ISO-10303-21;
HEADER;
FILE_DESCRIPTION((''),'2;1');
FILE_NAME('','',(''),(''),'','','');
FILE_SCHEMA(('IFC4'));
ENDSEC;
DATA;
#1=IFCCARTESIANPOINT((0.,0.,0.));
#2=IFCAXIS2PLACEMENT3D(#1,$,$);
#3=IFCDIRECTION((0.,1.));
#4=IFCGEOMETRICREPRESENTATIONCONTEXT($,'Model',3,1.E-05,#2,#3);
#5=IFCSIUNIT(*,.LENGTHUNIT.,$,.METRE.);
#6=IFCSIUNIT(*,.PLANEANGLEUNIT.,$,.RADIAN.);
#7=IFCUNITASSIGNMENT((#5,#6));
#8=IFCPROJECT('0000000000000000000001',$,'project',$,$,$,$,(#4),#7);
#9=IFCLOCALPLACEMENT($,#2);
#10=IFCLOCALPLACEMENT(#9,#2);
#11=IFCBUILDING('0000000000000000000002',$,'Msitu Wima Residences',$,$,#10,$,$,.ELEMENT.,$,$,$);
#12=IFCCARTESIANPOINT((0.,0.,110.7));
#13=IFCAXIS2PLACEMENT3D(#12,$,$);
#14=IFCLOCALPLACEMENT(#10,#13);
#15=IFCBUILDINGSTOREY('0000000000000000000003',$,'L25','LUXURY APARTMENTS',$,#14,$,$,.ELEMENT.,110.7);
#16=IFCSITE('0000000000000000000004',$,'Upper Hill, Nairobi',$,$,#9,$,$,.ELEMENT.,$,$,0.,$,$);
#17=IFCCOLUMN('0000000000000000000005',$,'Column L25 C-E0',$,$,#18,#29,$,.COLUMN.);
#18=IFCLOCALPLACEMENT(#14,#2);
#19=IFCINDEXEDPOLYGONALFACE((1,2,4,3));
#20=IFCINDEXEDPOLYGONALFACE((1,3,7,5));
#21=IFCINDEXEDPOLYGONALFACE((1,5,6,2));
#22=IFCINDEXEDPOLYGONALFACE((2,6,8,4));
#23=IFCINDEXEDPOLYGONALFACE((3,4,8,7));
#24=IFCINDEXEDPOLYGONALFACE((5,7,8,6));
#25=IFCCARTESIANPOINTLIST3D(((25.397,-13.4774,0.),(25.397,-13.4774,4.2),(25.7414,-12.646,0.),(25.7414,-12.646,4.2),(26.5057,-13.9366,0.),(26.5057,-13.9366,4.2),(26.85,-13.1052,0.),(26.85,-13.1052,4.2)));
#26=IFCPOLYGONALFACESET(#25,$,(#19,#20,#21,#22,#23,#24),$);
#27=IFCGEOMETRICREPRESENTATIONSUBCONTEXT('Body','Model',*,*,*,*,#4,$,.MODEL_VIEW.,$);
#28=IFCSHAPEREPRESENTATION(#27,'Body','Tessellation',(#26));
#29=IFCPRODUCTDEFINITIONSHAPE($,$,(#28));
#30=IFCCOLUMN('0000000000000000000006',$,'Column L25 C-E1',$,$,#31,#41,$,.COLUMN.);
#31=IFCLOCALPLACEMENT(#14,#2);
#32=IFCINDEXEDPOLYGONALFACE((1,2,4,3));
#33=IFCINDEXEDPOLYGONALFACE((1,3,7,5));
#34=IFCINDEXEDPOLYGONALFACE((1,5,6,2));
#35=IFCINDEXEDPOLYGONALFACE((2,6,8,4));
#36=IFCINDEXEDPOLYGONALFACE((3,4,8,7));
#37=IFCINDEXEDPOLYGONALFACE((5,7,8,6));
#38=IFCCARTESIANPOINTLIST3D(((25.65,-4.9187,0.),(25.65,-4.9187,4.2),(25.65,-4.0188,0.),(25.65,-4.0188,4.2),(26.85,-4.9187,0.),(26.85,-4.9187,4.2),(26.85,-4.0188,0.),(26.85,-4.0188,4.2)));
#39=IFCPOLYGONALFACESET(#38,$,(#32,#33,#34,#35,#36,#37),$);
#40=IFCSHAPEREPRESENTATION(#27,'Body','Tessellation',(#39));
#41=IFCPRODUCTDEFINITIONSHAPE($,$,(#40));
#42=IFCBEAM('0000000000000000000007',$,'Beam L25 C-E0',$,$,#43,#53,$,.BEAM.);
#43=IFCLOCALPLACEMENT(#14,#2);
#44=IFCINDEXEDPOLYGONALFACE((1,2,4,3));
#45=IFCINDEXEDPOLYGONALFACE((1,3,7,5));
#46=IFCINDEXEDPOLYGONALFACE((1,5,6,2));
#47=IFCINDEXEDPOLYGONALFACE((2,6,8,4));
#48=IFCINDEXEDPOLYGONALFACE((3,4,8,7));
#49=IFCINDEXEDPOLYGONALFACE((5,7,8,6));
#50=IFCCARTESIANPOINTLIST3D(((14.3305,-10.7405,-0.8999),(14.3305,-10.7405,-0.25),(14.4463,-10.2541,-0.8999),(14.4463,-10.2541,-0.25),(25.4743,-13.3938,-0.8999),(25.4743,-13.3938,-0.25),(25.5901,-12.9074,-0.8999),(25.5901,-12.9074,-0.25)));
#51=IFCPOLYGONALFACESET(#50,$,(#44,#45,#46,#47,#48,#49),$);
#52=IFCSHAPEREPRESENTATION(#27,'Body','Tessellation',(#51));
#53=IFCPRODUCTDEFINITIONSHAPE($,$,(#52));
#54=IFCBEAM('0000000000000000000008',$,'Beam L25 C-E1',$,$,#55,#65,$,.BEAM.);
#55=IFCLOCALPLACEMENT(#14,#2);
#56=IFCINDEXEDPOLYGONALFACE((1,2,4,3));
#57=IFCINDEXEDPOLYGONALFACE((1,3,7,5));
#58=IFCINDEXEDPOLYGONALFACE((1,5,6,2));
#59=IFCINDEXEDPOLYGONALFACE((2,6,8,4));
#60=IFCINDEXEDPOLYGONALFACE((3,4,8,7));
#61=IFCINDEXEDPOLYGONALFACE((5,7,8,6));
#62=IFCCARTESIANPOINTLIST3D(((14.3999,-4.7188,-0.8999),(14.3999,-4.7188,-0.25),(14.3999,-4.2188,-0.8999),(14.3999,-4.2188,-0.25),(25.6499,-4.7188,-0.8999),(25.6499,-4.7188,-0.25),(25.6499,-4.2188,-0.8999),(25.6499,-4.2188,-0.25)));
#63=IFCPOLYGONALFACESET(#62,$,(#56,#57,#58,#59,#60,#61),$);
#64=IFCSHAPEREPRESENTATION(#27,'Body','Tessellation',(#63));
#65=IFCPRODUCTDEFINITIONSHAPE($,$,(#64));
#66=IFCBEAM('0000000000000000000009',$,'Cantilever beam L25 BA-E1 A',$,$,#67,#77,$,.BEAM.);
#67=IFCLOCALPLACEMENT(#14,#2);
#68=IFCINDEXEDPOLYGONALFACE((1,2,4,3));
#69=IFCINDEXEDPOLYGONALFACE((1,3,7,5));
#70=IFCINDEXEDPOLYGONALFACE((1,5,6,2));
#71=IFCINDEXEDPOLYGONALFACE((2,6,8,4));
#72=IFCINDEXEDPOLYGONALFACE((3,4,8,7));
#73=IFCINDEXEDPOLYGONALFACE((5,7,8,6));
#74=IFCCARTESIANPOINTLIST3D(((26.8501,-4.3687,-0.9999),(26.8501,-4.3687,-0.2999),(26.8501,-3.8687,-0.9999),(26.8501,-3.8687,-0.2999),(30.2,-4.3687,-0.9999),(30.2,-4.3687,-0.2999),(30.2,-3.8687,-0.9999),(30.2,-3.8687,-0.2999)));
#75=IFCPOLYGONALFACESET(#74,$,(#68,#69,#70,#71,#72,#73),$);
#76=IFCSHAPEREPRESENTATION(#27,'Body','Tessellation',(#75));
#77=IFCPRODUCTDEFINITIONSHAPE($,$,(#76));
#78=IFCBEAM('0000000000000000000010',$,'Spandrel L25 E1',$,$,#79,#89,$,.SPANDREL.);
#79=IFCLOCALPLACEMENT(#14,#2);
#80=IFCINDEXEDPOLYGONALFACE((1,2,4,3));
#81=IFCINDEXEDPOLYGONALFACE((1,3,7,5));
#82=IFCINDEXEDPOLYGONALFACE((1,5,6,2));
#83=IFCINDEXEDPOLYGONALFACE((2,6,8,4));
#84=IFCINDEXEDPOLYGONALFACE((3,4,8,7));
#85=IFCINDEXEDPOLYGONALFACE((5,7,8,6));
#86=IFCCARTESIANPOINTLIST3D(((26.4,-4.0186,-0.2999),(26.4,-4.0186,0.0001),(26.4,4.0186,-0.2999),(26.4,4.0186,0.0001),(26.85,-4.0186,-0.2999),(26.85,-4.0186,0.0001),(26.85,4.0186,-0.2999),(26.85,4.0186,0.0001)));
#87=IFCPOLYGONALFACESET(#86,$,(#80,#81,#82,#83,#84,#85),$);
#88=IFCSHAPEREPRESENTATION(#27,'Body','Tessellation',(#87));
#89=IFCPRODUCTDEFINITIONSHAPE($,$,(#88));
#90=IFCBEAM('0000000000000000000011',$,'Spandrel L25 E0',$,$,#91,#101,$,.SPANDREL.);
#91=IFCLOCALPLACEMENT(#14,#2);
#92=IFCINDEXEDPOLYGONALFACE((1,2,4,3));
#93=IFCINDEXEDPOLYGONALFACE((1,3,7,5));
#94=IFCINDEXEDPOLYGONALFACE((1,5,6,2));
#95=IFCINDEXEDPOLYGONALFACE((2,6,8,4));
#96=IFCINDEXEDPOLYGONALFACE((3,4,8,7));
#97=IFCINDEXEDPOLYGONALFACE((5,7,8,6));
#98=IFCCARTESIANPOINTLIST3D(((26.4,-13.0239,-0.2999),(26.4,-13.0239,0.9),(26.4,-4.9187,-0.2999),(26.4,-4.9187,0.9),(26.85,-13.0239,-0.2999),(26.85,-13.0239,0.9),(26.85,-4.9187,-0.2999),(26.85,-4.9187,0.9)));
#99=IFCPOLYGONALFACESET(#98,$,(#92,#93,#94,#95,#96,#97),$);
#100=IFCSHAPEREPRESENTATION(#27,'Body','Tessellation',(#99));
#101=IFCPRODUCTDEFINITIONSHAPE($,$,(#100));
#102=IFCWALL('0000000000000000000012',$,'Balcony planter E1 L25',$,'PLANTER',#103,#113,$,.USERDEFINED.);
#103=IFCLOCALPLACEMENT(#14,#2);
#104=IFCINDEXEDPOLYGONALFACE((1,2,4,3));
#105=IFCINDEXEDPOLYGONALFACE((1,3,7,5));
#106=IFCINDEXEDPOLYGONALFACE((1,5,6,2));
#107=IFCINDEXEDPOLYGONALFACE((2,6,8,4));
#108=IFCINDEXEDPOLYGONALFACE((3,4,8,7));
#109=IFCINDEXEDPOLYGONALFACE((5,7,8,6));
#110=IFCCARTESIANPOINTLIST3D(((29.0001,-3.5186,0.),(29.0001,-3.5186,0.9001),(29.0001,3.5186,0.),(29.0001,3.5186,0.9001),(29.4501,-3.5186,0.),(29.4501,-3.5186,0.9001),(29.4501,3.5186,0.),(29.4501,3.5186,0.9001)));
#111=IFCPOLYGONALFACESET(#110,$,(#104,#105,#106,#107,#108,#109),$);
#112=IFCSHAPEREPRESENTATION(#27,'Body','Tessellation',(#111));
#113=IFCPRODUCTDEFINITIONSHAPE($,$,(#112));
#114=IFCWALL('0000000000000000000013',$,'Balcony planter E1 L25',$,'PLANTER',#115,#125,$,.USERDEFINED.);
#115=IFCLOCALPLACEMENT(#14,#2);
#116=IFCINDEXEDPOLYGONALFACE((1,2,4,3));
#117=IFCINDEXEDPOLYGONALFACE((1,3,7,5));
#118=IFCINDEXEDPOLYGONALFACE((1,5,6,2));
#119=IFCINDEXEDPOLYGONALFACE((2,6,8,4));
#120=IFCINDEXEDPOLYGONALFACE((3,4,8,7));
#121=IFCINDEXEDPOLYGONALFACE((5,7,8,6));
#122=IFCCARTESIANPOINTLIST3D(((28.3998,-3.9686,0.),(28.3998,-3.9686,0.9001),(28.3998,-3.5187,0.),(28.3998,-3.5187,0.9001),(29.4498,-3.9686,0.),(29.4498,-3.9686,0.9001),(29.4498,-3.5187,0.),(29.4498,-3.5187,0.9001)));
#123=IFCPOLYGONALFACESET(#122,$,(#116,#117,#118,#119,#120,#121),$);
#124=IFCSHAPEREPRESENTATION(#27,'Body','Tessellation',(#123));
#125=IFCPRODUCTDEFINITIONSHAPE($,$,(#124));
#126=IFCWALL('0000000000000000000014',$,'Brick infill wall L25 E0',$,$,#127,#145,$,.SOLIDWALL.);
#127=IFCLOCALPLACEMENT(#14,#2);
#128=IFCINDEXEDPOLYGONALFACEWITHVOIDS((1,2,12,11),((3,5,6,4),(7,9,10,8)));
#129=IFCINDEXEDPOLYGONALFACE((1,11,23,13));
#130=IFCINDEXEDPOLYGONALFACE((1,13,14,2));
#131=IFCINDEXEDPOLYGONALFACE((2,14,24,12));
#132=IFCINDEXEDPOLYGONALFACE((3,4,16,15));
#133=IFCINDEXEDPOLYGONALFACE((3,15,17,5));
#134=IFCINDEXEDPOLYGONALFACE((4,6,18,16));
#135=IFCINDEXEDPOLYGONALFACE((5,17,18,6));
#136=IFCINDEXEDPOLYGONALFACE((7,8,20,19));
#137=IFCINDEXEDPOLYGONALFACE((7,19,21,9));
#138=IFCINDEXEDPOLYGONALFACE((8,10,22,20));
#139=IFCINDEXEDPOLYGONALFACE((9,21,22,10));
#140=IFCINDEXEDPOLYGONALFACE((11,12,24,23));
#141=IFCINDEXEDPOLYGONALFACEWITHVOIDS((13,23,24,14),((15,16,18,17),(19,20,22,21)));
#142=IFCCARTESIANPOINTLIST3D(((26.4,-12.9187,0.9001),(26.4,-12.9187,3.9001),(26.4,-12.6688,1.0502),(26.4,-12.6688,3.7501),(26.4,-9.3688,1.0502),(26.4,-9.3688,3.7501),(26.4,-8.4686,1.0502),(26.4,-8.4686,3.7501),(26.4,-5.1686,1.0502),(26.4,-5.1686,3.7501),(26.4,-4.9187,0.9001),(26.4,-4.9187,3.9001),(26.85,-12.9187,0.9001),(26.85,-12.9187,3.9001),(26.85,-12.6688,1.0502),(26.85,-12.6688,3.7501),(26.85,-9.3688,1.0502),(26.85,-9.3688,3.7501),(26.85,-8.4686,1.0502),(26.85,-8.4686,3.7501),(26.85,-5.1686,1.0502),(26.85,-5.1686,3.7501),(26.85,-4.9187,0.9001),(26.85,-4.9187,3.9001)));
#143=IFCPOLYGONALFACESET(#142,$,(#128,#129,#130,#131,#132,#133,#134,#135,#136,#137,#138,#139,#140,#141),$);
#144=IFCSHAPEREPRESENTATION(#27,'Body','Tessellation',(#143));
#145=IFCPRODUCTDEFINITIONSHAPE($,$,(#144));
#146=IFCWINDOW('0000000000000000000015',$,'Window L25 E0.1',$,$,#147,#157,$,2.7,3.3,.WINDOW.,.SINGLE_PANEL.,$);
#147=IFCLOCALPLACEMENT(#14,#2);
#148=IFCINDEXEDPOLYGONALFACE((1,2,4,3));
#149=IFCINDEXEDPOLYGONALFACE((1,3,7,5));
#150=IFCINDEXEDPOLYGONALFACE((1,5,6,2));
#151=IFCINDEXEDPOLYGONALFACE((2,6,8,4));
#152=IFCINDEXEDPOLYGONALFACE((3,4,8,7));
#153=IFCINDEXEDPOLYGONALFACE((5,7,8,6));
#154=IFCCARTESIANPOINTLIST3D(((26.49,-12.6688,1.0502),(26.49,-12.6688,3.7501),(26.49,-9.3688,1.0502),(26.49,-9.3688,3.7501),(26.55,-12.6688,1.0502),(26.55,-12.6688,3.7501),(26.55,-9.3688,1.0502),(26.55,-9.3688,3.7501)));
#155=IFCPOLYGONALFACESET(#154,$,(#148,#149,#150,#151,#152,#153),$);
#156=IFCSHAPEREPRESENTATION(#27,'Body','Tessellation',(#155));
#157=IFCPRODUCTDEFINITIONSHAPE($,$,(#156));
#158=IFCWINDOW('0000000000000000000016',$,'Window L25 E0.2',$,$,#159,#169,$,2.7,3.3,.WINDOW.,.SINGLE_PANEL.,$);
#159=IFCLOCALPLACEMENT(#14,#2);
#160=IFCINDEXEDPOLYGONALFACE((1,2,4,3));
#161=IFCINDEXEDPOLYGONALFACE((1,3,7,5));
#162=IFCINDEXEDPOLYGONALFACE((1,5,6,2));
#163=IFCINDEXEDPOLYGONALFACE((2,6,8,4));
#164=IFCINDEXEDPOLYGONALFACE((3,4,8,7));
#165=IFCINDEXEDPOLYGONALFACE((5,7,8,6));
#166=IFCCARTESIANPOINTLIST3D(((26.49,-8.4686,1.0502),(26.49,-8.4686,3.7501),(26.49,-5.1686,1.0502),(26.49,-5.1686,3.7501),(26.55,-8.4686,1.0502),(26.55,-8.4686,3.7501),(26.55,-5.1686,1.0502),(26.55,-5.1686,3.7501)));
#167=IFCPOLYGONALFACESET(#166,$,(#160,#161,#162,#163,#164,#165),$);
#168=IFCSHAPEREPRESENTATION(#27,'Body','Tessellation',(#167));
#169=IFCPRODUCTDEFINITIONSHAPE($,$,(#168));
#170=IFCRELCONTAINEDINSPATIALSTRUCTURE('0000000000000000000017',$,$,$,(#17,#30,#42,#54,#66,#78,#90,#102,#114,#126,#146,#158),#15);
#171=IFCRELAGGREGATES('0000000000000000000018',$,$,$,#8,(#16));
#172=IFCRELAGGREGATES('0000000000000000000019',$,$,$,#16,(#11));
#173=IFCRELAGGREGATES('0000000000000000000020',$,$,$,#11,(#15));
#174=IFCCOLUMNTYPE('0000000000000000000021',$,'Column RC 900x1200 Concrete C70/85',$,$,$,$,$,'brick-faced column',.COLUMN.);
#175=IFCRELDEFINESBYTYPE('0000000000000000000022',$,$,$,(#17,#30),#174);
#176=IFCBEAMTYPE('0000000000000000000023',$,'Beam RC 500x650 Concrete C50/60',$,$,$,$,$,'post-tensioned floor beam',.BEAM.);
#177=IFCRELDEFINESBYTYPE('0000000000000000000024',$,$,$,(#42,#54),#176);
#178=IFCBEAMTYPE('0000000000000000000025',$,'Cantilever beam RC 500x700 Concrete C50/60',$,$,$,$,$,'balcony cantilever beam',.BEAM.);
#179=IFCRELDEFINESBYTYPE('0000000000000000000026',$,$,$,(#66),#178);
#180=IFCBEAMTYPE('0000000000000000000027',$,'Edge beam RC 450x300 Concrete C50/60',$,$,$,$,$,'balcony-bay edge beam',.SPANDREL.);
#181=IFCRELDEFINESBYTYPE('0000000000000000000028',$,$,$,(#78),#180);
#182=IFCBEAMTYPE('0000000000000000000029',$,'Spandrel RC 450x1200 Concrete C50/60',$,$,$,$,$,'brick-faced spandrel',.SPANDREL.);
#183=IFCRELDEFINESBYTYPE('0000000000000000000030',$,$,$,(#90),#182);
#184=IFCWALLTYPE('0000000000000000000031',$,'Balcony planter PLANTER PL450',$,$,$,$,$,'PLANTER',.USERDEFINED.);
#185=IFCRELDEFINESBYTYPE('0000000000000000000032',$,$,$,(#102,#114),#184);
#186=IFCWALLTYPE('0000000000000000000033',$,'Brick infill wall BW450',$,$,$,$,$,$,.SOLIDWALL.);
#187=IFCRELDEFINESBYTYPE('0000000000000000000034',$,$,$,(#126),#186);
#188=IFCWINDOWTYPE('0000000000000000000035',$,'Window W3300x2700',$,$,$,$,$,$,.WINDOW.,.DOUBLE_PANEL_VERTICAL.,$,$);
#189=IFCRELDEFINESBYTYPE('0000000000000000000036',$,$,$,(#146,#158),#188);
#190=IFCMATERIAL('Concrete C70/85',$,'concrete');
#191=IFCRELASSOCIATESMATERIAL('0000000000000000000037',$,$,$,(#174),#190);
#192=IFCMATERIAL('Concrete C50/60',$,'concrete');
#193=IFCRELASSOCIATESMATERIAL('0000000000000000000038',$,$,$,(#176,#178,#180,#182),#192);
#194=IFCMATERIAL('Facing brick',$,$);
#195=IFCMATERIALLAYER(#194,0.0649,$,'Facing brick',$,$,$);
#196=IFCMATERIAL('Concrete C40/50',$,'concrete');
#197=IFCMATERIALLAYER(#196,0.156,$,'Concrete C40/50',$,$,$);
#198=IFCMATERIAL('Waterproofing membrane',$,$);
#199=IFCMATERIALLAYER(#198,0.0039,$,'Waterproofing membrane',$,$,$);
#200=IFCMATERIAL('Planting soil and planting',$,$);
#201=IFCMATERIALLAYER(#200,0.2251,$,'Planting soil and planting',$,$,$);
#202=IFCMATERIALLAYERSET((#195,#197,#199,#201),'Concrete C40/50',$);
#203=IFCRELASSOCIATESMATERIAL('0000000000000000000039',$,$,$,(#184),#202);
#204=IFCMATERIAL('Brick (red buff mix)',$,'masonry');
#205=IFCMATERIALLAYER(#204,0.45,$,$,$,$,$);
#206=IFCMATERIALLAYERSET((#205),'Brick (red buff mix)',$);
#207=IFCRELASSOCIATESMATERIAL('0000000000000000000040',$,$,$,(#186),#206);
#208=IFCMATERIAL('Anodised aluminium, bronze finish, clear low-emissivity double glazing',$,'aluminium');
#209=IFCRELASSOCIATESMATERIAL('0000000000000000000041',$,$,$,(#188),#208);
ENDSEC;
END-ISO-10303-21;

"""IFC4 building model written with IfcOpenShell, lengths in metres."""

from ifc_helpers import new_model, si_unit, direction, frame, frame_2d, origin, origin_2d, place, context, subcontext, project, spatial, rectangle, extrude, material, layer, layer_set, material_profile, profile_set, type_object, element, fill, save


model = new_model("IFC4")

# Units and contexts
model_context = context("Model", 3, precision=1e-05, world=origin(), true_north=direction((0.0, 1.0)))
body_context = subcontext(model_context, "Body", "Model", "MODEL_VIEW")
ifc_project = project(units=[si_unit("LENGTHUNIT", "METRE"), si_unit("PLANEANGLEUNIT", "RADIAN")], contexts=[model_context])

# Site, building, storey
site_placement = place(None, origin())
site = spatial("IfcSite", under=ifc_project, at=site_placement, Name="Upper Hill, Nairobi", CompositionType="ELEMENT", RefElevation=0.0)
building_placement = place(site_placement, origin())
building = spatial("IfcBuilding", under=site, at=building_placement, Name="Msitu Wima Residences", CompositionType="ELEMENT")
storey_placement = place(building_placement, frame((0.0, 0.0, 110.7)))
storey = spatial("IfcBuildingStorey", under=building, at=storey_placement, Name="L25", Description="LUXURY APARTMENTS", CompositionType="ELEMENT", Elevation=110.7)

# Columns
ifc_material_1 = material(Name="Concrete C70/85", Category="concrete")
ifc_material_profile_1 = material_profile(ifc_material_1, rectangle(XDim=0.8999, YDim=1.2, at=origin_2d()), Name="RC 900x1200")
ifc_profile_set_1 = profile_set([ifc_material_profile_1], Name="Concrete C70/85")
column_type = type_object("IfcColumnType", Name="Column RC 900x1200 Concrete C70/85", ElementType="brick-faced column", PredefinedType="COLUMN", material=ifc_profile_set_1)
for number, where, z_axis, x_axis, name in (
    (1, (26.1235, -13.2913, 0.0), (0.0, 0.0, 1.0), (0.382683, 0.92388, 0.0), "Column L25 C-E0"),
    (2, (26.25, -4.4688, 0.0), (0.0, 0.0, 1.0), (0.0, 1.0, 0.0), "Column L25 C-E1"),
):
    element("IfcColumn", number, at=place(storey_placement, frame(where, z_axis=z_axis, x_axis=x_axis)), inside=storey, type_object=column_type, Name=name, PredefinedType="COLUMN", context=body_context, shape_type="SweptSolid", body=[
        extrude(rectangle(XDim=0.8999, YDim=1.2, at=origin_2d()), origin(), (0.0, 0.0, 1.0), 4.2),
    ])

# Beams
ifc_material_2 = material(Name="Concrete C50/60", Category="concrete")
ifc_material_profile_2 = material_profile(ifc_material_2, rectangle(XDim=0.5, YDim=0.6499, at=origin_2d()), Name="RC 500x650")
ifc_profile_set_2 = profile_set([ifc_material_profile_2], Name="Concrete C50/60")
beam_type_1 = type_object("IfcBeamType", Name="Beam RC 500x650 Concrete C50/60", ElementType="post-tensioned floor beam", PredefinedType="BEAM", material=ifc_profile_set_2)
beam_1_placement = place(storey_placement, frame((25.5322, -13.1506, -0.575), z_axis=(-0.972806, 0.231623, 0.0), x_axis=(-0.231623, -0.972806, 0.0)))
element("IfcBeam", 3, at=beam_1_placement, inside=storey, type_object=beam_type_1, Name="Beam L25 C-E0", PredefinedType="BEAM", context=body_context, shape_type="SweptSolid", body=[
    extrude(rectangle(XDim=0.5, YDim=0.6499, at=origin_2d()), origin(), (0.0, 0.0, 1.0), 11.4553),
])
beam_2_placement = place(storey_placement, frame((25.6499, -4.4688, -0.575), z_axis=(-1.0, 0.0, 0.0), x_axis=(0.0, -1.0, 0.0)))
element("IfcBeam", 4, at=beam_2_placement, inside=storey, type_object=beam_type_1, Name="Beam L25 C-E1", PredefinedType="BEAM", context=body_context, shape_type="SweptSolid", body=[
    extrude(rectangle(XDim=0.5, YDim=0.6499, at=origin_2d()), origin(), (0.0, 0.0, 1.0), 11.25),
])
ifc_material_profile_3 = material_profile(ifc_material_2, rectangle(XDim=0.5, YDim=0.7, at=origin_2d()), Name="RC 500x700")
ifc_profile_set_3 = profile_set([ifc_material_profile_3], Name="Concrete C50/60")
beam_type_2 = type_object("IfcBeamType", Name="Cantilever beam RC 500x700 Concrete C50/60", ElementType="balcony cantilever beam", PredefinedType="BEAM", material=ifc_profile_set_3)
beam_3_placement = place(storey_placement, frame((26.8501, -4.1187, -0.6499), z_axis=(1.0, 0.0, 0.0), x_axis=(0.0, 1.0, 0.0)))
element("IfcBeam", 5, at=beam_3_placement, inside=storey, type_object=beam_type_2, Name="Cantilever beam L25 BA-E1 A", PredefinedType="BEAM", context=body_context, shape_type="SweptSolid", body=[
    extrude(rectangle(XDim=0.5, YDim=0.7, at=origin_2d()), origin(), (0.0, 0.0, 1.0), 3.3499),
])
ifc_material_profile_4 = material_profile(ifc_material_2, rectangle(XDim=0.45, YDim=0.3, at=origin_2d()), Name="RC 450x300")
ifc_profile_set_4 = profile_set([ifc_material_profile_4], Name="Concrete C50/60")
beam_type_3 = type_object("IfcBeamType", Name="Edge beam RC 450x300 Concrete C50/60", ElementType="balcony-bay edge beam", PredefinedType="SPANDREL", material=ifc_profile_set_4)
beam_4_placement = place(storey_placement, frame((26.625, -4.0186, -0.1499), z_axis=(0.0, 1.0, 0.0), x_axis=(-1.0, 0.0, 0.0)))
element("IfcBeam", 6, at=beam_4_placement, inside=storey, type_object=beam_type_3, Name="Spandrel L25 E1", PredefinedType="SPANDREL", context=body_context, shape_type="SweptSolid", body=[
    extrude(rectangle(XDim=0.45, YDim=0.3, at=origin_2d()), origin(), (0.0, 0.0, 1.0), 8.0371),
])
ifc_material_profile_5 = material_profile(ifc_material_2, rectangle(XDim=0.45, YDim=1.2, at=origin_2d()), Name="RC 450x1200")
ifc_profile_set_5 = profile_set([ifc_material_profile_5], Name="Concrete C50/60")
beam_type_4 = type_object("IfcBeamType", Name="Spandrel RC 450x1200 Concrete C50/60", ElementType="brick-faced spandrel", PredefinedType="SPANDREL", material=ifc_profile_set_5)
beam_5_placement = place(storey_placement, frame((26.625, -13.0239, 0.3), z_axis=(0.0, 1.0, 0.0), x_axis=(-1.0, 0.0, 0.0)))
element("IfcBeam", 7, at=beam_5_placement, inside=storey, type_object=beam_type_4, Name="Spandrel L25 E0", PredefinedType="SPANDREL", context=body_context, shape_type="SweptSolid", body=[
    extrude(rectangle(XDim=0.45, YDim=1.2, at=origin_2d()), origin(), (0.0, 0.0, 1.0), 8.1052),
])

# Walls
ifc_material_3 = material(Name="Facing brick")
ifc_layer_1 = layer(ifc_material_3, 0.0649, Name="Facing brick")
ifc_material_4 = material(Name="Concrete C40/50", Category="concrete")
ifc_layer_2 = layer(ifc_material_4, 0.156, Name="Concrete C40/50")
ifc_material_5 = material(Name="Waterproofing membrane")
ifc_layer_3 = layer(ifc_material_5, 0.0039, Name="Waterproofing membrane")
ifc_material_6 = material(Name="Planting soil and planting")
ifc_layer_4 = layer(ifc_material_6, 0.2251, Name="Planting soil and planting")
ifc_layer_set_1 = layer_set([ifc_layer_1, ifc_layer_2, ifc_layer_3, ifc_layer_4], Name="Concrete C40/50")
wall_type_1 = type_object("IfcWallType", Name="Balcony planter PLANTER PL450", ElementType="PLANTER", PredefinedType="USERDEFINED", material=ifc_layer_set_1)
wall_1_placement = place(storey_placement, frame((29.2251, -3.5186, 0.0), z_axis=(0.0, 0.0, 1.0), x_axis=(0.0, 1.0, 0.0)))
element("IfcWall", 8, at=wall_1_placement, inside=storey, type_object=wall_type_1, Name="Balcony planter E1 L25", ObjectType="PLANTER", PredefinedType="USERDEFINED", context=body_context, shape_type="SweptSolid", body=[
    extrude(rectangle(XDim=7.0371, YDim=0.45, at=frame_2d((3.5186, 0.0))), origin(), (0.0, 0.0, 1.0), 0.9001),
])
wall_2_placement = place(storey_placement, frame((28.3999, -3.7437, 0.0), z_axis=(0.0, 0.0, 1.0), x_axis=(1.0, 0.0, 0.0)))
element("IfcWall", 9, at=wall_2_placement, inside=storey, type_object=wall_type_1, Name="Balcony planter E1 L25", ObjectType="PLANTER", PredefinedType="USERDEFINED", context=body_context, shape_type="SweptSolid", body=[
    extrude(rectangle(XDim=1.05, YDim=0.45, at=frame_2d((0.5249, 0.0))), origin(), (0.0, 0.0, 1.0), 0.9001),
])

# Wall, openings, windows
ifc_material_7 = material(Name="Brick (red buff mix)", Category="masonry")
ifc_layer_5 = layer(ifc_material_7, 0.45)
ifc_layer_set_2 = layer_set([ifc_layer_5], Name="Brick (red buff mix)")
wall_type_2 = type_object("IfcWallType", Name="Brick infill wall BW450", PredefinedType="SOLIDWALL", material=ifc_layer_set_2)
wall_3_placement = place(storey_placement, frame((26.625, -12.9187, 0.9001), z_axis=(0.0, 0.0, 1.0), x_axis=(0.0, 1.0, 0.0)))
wall_3 = element("IfcWall", 10, at=wall_3_placement, inside=storey, type_object=wall_type_2, Name="Brick infill wall L25 E0", PredefinedType="SOLIDWALL", context=body_context, shape_type="SweptSolid", body=[
    extrude(rectangle(XDim=8.0, YDim=0.45, at=frame_2d((4.0, 0.0))), origin(), (0.0, 0.0, 1.0), 3.0),
])
opening_1_placement = place(wall_3_placement, frame((0.25, 0.0, 0.1499)))
opening_1 = element("IfcOpeningElement", 11, at=opening_1_placement, cuts=wall_3, PredefinedType="OPENING", context=body_context, shape_type="SweptSolid", body=[
    extrude(rectangle(XDim=3.3, YDim=2.7, at=frame_2d((1.6499, 1.3501))), frame((0.0, 0.2349, 0.0), z_axis=(0.0, -1.0, 0.0), x_axis=(1.0, 0.0, 0.0)), (0.0, 0.0, 1.0), 0.47),
])
opening_2_placement = place(wall_3_placement, frame((4.4502, 0.0, 0.1499)))
opening_2 = element("IfcOpeningElement", 12, at=opening_2_placement, cuts=wall_3, PredefinedType="OPENING", context=body_context, shape_type="SweptSolid", body=[
    extrude(rectangle(XDim=3.3, YDim=2.7, at=frame_2d((1.6499, 1.3501))), frame((0.0, 0.2349, 0.0), z_axis=(0.0, -1.0, 0.0), x_axis=(1.0, 0.0, 0.0)), (0.0, 0.0, 1.0), 0.47),
])
ifc_material_8 = material(Name="Anodised aluminium, bronze finish, clear low-emissivity double glazing", Category="aluminium")
window_type = type_object("IfcWindowType", Name="Window W3300x2700", PartitioningType="DOUBLE_PANEL_VERTICAL", PredefinedType="WINDOW", material=ifc_material_8)
window_1_placement = place(opening_1_placement, origin())
window_1 = element("IfcWindow", 13, at=window_1_placement, inside=storey, type_object=window_type, Name="Window L25 E0.1", OverallHeight=2.7, OverallWidth=3.3, PartitioningType="SINGLE_PANEL", PredefinedType="WINDOW", context=body_context, shape_type="SweptSolid", body=[
    extrude(rectangle(XDim=3.3, YDim=2.7, at=frame_2d((1.6499, 1.3501))), frame((0.0, 0.135, 0.0), z_axis=(0.0, -1.0, 0.0), x_axis=(1.0, 0.0, 0.0)), (0.0, 0.0, 1.0), 0.0601),
])
fill(opening_1, window_1)
window_2_placement = place(opening_2_placement, origin())
window_2 = element("IfcWindow", 14, at=window_2_placement, inside=storey, type_object=window_type, Name="Window L25 E0.2", OverallHeight=2.7, OverallWidth=3.3, PartitioningType="SINGLE_PANEL", PredefinedType="WINDOW", context=body_context, shape_type="SweptSolid", body=[
    extrude(rectangle(XDim=3.3, YDim=2.7, at=frame_2d((1.6499, 1.3501))), frame((0.0, 0.135, 0.0), z_axis=(0.0, -1.0, 0.0), x_axis=(1.0, 0.0, 0.0)), (0.0, 0.0, 1.0), 0.0601),
])
fill(opening_2, window_2)

save(model, "model.ifc")
